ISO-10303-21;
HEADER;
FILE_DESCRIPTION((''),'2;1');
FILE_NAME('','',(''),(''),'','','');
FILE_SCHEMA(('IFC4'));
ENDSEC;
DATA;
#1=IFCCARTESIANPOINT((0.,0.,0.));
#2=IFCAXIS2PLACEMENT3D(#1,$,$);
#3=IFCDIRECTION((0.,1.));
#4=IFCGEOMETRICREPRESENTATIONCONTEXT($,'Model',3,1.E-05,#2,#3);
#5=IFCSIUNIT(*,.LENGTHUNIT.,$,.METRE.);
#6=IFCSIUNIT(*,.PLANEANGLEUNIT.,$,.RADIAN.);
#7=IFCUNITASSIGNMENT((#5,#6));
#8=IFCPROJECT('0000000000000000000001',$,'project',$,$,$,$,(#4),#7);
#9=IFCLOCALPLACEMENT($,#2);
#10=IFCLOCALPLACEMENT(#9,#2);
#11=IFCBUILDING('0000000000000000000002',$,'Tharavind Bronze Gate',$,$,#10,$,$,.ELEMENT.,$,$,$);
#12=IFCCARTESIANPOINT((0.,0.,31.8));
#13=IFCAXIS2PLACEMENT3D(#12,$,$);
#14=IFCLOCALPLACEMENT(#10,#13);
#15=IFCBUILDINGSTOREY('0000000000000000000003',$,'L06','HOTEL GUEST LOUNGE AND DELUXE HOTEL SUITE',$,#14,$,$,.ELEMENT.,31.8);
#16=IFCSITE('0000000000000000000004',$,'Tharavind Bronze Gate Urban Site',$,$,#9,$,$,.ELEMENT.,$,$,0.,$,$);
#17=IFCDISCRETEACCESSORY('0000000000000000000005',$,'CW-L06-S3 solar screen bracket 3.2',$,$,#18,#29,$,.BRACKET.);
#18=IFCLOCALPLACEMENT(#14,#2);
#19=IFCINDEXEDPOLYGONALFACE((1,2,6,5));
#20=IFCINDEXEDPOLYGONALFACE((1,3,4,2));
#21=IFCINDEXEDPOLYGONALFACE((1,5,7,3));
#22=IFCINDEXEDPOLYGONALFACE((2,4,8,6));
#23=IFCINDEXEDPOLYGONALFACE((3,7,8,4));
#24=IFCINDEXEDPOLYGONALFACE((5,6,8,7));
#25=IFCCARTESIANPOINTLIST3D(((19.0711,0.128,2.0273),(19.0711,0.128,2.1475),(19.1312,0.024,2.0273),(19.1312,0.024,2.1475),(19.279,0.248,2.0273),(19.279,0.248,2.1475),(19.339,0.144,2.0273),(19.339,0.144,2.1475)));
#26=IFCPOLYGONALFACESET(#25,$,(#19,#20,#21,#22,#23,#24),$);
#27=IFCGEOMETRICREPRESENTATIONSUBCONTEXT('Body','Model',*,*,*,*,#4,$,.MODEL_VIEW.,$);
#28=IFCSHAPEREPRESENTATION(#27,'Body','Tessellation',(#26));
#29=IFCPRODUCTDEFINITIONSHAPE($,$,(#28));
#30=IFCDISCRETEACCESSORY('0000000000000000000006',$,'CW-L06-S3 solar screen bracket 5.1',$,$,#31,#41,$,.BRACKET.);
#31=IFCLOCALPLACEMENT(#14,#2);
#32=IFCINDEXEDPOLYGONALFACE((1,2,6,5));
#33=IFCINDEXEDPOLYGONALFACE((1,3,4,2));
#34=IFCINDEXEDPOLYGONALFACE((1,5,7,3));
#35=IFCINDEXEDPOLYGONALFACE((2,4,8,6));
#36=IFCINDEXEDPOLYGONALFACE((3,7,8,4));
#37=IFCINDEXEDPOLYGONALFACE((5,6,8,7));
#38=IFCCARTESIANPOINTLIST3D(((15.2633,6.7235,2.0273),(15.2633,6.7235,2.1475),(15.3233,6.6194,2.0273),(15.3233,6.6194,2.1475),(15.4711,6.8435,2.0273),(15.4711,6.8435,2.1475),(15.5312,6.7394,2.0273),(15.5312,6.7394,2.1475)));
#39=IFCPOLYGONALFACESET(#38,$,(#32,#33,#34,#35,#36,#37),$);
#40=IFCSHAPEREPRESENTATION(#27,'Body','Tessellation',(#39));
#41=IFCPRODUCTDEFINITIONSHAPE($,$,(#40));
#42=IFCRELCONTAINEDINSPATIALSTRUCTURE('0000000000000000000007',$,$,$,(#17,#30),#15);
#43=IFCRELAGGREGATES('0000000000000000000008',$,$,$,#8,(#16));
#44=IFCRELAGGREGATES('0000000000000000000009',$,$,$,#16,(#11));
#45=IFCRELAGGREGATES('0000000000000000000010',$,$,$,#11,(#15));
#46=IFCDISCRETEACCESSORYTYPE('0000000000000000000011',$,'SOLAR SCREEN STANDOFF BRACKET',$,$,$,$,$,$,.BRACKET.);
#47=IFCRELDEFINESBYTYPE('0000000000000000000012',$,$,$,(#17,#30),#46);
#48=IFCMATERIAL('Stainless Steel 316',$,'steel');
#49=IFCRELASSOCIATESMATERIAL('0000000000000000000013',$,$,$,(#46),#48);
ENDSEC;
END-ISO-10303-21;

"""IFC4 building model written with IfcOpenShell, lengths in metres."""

from ifc_helpers import new_model, si_unit, direction, frame, origin, origin_2d, place, context, subcontext, project, spatial, rectangle, extrude, material, type_object, element, save


model = new_model("IFC4")

# Units and contexts
model_context = context("Model", 3, precision=1e-05, world=origin(), true_north=direction((0.0, 1.0)))
body_context = subcontext(model_context, "Body", "Model", "MODEL_VIEW")
ifc_project = project(units=[si_unit("LENGTHUNIT", "METRE"), si_unit("PLANEANGLEUNIT", "RADIAN")], contexts=[model_context])

# Site, building, storey
site_placement = place(None, origin())
site = spatial("IfcSite", under=ifc_project, at=site_placement, Name="Tharavind Bronze Gate Urban Site", CompositionType="ELEMENT", RefElevation=0.0)
building_placement = place(site_placement, origin())
building = spatial("IfcBuilding", under=site, at=building_placement, Name="Tharavind Bronze Gate", CompositionType="ELEMENT")
storey_placement = place(building_placement, frame((0.0, 0.0, 31.8)))
storey = spatial("IfcBuildingStorey", under=building, at=storey_placement, Name="L06", Description="HOTEL GUEST LOUNGE AND DELUXE HOTEL SUITE", CompositionType="ELEMENT", Elevation=31.8)

# Discrete accessories
ifc_material_1 = material(Name="Stainless Steel 316", Category="steel")
discrete_accessory_type = type_object("IfcDiscreteAccessoryType", Name="SOLAR SCREEN STANDOFF BRACKET", PredefinedType="BRACKET", material=ifc_material_1)
for number, where, z_axis, x_axis, name in (
    (1, (19.2051, 0.136, 2.0273), (0.0, 0.0, 1.0), (-0.500002, 0.866025, 0.0), "CW-L06-S3 solar screen bracket 3.2"),
    (2, (15.3972, 6.7314, 2.0273), (0.0, 0.0, 1.0), (-0.500002, 0.866025, 0.0), "CW-L06-S3 solar screen bracket 5.1"),
):
    element("IfcDiscreteAccessory", number, at=place(storey_placement, frame(where, z_axis=z_axis, x_axis=x_axis)), inside=storey, type_object=discrete_accessory_type, Name=name, PredefinedType="BRACKET", context=body_context, shape_type="SweptSolid", body=[
        extrude(rectangle(XDim=0.1201, YDim=0.24, at=origin_2d()), origin(), (0.0, 0.0, 1.0), 0.1201),
    ])

save(model, "model.ifc")
